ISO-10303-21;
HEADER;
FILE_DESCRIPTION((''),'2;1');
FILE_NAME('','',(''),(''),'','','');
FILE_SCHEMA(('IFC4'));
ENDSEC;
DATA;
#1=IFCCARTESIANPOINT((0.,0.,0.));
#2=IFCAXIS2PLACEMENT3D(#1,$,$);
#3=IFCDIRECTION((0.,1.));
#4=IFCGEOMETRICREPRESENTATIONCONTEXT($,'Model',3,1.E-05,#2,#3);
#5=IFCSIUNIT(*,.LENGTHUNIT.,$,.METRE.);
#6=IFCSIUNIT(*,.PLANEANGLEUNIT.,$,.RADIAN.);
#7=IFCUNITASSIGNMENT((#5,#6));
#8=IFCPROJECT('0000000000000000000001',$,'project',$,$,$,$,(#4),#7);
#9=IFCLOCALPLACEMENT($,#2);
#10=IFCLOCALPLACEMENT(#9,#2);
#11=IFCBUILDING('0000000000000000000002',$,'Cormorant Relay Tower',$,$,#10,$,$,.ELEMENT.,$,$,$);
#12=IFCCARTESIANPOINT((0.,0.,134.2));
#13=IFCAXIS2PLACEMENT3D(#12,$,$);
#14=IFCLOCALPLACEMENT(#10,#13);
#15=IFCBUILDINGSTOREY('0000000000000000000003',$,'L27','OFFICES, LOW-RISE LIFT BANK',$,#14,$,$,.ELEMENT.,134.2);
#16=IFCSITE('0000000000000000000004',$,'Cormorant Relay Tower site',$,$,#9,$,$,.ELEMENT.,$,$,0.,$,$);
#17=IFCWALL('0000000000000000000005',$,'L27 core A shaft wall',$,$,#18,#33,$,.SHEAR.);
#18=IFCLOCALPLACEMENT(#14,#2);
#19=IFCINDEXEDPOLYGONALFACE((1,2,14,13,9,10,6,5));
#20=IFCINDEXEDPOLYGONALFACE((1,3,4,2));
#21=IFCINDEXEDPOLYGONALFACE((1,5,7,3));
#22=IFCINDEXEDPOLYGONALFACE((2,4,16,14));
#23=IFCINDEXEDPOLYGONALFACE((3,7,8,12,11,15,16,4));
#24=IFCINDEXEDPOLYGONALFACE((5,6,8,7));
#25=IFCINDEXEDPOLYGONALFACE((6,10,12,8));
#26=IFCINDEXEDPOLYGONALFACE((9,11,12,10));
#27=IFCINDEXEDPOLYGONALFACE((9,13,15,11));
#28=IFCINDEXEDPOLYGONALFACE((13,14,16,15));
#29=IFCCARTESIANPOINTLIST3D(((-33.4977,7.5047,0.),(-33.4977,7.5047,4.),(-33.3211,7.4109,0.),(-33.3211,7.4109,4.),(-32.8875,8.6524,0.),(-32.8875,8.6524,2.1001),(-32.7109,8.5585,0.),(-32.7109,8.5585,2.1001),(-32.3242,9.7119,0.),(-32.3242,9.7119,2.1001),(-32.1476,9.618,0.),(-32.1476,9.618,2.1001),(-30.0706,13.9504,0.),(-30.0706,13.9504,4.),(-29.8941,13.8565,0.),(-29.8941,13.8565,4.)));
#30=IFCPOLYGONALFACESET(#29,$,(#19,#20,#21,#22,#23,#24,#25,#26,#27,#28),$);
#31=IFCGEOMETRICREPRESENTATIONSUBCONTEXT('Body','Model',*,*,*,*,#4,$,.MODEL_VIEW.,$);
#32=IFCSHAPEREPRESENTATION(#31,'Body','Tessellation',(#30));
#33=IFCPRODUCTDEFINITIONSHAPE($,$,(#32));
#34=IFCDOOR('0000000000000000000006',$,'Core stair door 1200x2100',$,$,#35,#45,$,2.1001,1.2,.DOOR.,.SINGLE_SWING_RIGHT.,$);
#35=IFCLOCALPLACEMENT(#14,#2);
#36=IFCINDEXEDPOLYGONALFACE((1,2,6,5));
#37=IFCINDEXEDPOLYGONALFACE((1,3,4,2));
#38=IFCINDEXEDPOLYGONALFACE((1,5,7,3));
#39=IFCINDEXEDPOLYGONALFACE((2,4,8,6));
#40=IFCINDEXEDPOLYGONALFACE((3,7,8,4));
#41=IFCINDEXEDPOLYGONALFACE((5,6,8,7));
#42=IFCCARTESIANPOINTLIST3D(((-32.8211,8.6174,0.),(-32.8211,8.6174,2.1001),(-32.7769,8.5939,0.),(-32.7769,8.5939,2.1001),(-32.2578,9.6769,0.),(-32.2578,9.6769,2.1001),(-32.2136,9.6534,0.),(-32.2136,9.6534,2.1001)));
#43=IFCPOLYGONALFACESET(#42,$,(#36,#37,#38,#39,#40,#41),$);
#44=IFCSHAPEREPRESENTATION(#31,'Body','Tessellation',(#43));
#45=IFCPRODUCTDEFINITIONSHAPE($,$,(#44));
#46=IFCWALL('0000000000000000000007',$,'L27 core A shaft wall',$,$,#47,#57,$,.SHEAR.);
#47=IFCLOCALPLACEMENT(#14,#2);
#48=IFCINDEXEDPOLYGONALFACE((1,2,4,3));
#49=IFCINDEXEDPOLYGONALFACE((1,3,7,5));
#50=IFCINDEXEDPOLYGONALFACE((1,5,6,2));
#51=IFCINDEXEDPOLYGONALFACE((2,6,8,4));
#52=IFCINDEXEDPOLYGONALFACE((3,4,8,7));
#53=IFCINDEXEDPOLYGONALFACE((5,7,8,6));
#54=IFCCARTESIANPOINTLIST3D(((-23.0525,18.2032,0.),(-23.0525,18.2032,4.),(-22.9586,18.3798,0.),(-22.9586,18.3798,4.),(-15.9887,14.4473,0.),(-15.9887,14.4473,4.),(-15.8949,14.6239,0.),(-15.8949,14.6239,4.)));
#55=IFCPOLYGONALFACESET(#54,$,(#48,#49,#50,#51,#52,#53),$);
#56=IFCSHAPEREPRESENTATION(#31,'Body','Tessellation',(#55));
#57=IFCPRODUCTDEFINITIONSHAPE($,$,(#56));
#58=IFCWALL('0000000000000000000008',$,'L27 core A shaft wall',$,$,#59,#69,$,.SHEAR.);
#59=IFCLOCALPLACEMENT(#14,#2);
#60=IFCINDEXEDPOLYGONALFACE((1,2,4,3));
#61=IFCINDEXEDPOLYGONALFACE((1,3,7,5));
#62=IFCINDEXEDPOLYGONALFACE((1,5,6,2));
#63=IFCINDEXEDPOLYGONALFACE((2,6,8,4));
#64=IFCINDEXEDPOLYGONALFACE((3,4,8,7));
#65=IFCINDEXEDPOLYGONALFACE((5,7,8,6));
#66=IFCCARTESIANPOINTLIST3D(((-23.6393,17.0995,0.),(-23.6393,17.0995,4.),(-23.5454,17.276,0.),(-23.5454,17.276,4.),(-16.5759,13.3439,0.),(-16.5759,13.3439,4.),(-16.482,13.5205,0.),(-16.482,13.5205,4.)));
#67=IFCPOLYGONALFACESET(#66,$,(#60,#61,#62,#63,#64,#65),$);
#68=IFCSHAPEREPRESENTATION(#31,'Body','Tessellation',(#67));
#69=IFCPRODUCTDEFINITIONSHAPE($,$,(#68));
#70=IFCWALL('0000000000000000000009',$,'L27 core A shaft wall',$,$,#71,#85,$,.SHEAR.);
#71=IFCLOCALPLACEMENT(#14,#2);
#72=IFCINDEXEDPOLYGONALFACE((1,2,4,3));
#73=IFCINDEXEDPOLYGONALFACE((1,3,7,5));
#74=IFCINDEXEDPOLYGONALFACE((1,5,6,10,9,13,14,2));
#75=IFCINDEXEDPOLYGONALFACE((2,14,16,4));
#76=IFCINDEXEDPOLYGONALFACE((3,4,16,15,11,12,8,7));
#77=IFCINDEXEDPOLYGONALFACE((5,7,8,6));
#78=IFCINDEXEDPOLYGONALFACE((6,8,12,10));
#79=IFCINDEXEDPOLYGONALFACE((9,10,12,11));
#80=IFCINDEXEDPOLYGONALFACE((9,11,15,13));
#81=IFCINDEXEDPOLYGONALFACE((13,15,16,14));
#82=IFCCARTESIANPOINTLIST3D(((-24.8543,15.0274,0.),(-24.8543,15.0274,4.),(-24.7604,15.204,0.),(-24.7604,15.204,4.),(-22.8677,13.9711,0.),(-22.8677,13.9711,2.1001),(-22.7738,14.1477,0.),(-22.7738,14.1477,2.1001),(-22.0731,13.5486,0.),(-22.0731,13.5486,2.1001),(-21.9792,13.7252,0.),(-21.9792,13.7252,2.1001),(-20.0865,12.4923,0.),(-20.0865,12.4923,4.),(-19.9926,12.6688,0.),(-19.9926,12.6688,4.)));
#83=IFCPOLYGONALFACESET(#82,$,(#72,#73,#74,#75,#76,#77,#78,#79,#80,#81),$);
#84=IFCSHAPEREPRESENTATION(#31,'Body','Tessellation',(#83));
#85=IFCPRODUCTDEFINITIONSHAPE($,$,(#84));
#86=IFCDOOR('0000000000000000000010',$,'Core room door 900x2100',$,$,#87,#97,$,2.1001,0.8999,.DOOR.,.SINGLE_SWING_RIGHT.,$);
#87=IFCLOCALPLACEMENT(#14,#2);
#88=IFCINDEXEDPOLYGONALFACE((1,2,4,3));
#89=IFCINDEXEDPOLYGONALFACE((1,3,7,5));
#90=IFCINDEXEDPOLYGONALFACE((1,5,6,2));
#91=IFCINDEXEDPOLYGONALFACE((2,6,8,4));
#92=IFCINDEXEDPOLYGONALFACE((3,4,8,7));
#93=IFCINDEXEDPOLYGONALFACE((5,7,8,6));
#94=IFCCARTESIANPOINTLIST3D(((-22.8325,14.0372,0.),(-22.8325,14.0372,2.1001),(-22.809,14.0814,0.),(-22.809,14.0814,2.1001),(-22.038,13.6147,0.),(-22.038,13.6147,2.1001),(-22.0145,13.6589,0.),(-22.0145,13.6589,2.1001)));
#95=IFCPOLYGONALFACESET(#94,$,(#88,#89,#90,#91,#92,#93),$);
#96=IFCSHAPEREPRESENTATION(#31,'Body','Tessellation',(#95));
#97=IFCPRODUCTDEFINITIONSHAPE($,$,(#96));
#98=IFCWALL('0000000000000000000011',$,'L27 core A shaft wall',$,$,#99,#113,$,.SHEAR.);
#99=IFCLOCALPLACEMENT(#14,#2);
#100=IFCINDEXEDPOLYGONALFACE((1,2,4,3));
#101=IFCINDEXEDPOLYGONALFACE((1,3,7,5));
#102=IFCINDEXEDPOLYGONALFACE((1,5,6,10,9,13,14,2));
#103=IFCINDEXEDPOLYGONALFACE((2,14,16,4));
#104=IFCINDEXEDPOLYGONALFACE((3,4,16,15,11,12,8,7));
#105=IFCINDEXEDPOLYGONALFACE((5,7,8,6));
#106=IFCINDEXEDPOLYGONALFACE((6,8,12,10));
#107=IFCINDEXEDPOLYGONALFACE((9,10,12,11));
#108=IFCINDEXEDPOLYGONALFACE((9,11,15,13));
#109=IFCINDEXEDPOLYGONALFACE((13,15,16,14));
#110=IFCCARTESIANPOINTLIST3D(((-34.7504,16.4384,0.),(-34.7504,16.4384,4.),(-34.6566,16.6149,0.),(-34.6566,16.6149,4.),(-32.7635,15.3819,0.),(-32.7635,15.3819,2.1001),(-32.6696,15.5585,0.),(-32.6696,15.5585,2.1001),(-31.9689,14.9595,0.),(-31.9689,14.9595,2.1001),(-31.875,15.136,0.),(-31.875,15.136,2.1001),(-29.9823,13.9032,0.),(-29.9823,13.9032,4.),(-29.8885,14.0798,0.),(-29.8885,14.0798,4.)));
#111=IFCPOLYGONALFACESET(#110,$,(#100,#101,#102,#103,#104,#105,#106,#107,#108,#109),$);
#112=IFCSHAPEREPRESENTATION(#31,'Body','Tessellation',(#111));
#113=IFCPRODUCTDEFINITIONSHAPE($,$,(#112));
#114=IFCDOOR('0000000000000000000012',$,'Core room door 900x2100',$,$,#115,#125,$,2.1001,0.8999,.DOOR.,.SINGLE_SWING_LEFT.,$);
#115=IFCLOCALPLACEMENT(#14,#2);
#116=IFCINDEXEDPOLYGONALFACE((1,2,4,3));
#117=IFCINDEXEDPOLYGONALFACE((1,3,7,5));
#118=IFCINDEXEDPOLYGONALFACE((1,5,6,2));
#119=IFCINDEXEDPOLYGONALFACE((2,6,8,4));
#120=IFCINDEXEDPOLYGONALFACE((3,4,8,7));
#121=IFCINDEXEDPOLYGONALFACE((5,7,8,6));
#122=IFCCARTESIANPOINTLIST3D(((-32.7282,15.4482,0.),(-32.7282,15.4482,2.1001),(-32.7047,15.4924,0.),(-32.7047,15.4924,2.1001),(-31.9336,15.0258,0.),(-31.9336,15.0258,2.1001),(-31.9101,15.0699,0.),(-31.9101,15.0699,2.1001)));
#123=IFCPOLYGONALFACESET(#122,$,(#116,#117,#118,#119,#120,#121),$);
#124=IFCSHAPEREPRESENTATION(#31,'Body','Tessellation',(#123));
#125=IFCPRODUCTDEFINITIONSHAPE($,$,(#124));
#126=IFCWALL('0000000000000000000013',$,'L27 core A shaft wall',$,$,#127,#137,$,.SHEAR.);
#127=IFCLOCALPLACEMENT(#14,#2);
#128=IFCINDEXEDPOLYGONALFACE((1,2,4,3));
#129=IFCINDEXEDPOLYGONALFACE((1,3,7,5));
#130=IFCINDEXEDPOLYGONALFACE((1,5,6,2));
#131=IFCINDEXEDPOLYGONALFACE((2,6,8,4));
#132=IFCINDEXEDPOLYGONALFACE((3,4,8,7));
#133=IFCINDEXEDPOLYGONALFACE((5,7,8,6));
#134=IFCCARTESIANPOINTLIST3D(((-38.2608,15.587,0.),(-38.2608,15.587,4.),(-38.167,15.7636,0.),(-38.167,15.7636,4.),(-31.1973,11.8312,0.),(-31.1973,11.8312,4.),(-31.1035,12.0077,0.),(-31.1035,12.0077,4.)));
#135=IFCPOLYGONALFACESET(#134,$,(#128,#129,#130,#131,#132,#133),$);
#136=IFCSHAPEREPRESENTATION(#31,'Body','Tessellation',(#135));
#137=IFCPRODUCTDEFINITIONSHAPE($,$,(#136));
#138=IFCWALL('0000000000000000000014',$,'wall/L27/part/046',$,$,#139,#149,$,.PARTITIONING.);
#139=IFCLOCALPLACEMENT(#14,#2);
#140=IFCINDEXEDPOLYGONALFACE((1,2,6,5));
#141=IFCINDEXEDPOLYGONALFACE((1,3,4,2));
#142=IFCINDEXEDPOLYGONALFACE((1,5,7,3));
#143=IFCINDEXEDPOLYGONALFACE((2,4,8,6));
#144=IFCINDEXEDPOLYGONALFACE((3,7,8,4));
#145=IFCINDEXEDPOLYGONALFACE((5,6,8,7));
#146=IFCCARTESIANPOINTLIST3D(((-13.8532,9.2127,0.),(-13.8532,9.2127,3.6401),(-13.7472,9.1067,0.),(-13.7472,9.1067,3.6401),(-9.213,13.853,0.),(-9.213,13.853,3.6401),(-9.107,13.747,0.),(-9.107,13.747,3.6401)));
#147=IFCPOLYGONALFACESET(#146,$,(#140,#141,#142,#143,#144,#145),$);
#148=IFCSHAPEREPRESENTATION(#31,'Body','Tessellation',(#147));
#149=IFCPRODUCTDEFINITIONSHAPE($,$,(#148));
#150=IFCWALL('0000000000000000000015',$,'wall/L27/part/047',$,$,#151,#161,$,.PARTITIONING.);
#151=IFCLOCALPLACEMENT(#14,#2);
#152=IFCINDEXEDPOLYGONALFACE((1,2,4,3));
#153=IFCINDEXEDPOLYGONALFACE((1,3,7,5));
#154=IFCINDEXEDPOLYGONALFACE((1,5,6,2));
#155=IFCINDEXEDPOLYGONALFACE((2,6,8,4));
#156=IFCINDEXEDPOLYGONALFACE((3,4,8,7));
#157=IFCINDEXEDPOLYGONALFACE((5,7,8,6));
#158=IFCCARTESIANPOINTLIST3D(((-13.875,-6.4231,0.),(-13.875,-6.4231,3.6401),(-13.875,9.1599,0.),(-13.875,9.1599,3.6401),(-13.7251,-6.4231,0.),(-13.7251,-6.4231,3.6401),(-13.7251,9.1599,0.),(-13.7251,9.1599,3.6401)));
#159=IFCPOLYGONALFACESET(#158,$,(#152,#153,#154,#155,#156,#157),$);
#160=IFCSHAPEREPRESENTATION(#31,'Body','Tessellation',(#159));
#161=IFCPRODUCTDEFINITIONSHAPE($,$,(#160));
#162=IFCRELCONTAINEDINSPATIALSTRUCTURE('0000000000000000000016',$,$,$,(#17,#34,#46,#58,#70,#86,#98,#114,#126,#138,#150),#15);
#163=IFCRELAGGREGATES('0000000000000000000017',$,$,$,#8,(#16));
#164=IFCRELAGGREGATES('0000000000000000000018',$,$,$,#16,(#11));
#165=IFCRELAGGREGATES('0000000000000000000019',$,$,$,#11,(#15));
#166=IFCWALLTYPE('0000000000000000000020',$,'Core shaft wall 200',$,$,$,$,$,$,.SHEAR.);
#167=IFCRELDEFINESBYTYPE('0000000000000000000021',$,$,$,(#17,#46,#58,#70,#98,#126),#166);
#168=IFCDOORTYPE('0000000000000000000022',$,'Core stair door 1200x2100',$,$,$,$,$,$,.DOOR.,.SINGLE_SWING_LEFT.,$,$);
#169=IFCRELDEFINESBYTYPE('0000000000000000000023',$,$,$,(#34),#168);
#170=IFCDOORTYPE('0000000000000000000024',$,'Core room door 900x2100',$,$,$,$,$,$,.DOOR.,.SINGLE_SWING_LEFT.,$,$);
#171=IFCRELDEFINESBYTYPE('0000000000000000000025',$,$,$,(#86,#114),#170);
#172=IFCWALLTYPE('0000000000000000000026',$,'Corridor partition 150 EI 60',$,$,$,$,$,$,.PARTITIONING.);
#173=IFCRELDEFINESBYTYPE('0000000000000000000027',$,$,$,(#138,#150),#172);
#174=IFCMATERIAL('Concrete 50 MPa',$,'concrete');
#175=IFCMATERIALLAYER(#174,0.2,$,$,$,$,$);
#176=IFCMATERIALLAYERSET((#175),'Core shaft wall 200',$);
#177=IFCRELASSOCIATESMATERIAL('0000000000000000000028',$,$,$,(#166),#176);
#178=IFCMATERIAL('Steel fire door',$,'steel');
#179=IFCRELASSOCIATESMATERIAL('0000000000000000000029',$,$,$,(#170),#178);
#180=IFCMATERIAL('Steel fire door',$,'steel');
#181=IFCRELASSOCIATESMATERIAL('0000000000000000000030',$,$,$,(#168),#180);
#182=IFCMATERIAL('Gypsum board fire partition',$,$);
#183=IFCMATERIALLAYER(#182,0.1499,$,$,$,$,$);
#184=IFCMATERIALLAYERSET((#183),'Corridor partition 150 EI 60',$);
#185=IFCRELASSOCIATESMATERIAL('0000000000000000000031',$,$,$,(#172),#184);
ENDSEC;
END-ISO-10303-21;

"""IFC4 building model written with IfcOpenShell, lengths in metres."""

from ifc_helpers import new_model, si_unit, direction, frame, frame_2d, origin, place, context, subcontext, project, spatial, rectangle, extrude, material, layer, layer_set, type_object, element, fill, save


model = new_model("IFC4")

# Units and contexts
model_context = context("Model", 3, precision=1e-05, world=origin(), true_north=direction((0.0, 1.0)))
body_context = subcontext(model_context, "Body", "Model", "MODEL_VIEW")
ifc_project = project(units=[si_unit("LENGTHUNIT", "METRE"), si_unit("PLANEANGLEUNIT", "RADIAN")], contexts=[model_context])

# Site, building, storey
site_placement = place(None, origin())
site = spatial("IfcSite", under=ifc_project, at=site_placement, Name="Cormorant Relay Tower site", CompositionType="ELEMENT", RefElevation=0.0)
building_placement = place(site_placement, origin())
building = spatial("IfcBuilding", under=site, at=building_placement, Name="Cormorant Relay Tower", CompositionType="ELEMENT")
storey_placement = place(building_placement, frame((0.0, 0.0, 134.2)))
storey = spatial("IfcBuildingStorey", under=building, at=storey_placement, Name="L27", Description="OFFICES, LOW-RISE LIFT BANK", CompositionType="ELEMENT", Elevation=134.2)

# Shared definitions
ifc_material_1 = material(Name="Concrete 50 MPa", Category="concrete")
ifc_layer_1 = layer(ifc_material_1, 0.2)
ifc_layer_set_1 = layer_set([ifc_layer_1], Name="Core shaft wall 200")
wall_type_1 = type_object("IfcWallType", Name="Core shaft wall 200", PredefinedType="SHEAR", material=ifc_layer_set_1)

# Shared definitions
ifc_material_2 = material(Name="Steel fire door", Category="steel")
door_type_1 = type_object("IfcDoorType", Name="Core room door 900x2100", OperationType="SINGLE_SWING_LEFT", PredefinedType="DOOR", material=ifc_material_2)

# Wall, opening, door
wall_1_placement = place(storey_placement, frame((-29.9824, 13.9033, 0.0), z_axis=(0.0, 0.0, 1.0), x_axis=(-0.469454, -0.882957, 0.0)))
wall_1 = element("IfcWall", 1, at=wall_1_placement, inside=storey, type_object=wall_type_1, Name="L27 core A shaft wall", PredefinedType="SHEAR", context=body_context, shape_type="SweptSolid", body=[
    extrude(rectangle(XDim=7.3, YDim=0.2, at=frame_2d((3.6499, 0.0))), origin(), (0.0, 0.0, 1.0), 4.0),
])
opening_1_placement = place(wall_1_placement, frame((4.8, 0.0, 0.0)))
opening_1 = element("IfcOpeningElement", 2, at=opening_1_placement, cuts=wall_1, PredefinedType="OPENING", context=body_context, shape_type="SweptSolid", body=[
    extrude(rectangle(XDim=1.2, YDim=2.1001, at=frame_2d((0.6001, 1.05))), frame((0.0, 0.1099, 0.0), z_axis=(0.0, -1.0, 0.0), x_axis=(1.0, 0.0, 0.0)), (0.0, 0.0, 1.0), 0.22),
])
ifc_material_3 = material(Name="Steel fire door", Category="steel")
door_type_2 = type_object("IfcDoorType", Name="Core stair door 1200x2100", OperationType="SINGLE_SWING_LEFT", PredefinedType="DOOR", material=ifc_material_3)
door_1_placement = place(opening_1_placement, frame((1.2, 0.0, 0.0), z_axis=(0.0, 0.0, 1.0), x_axis=(-1.0, 0.0, 0.0)))
door_1 = element("IfcDoor", 3, at=door_1_placement, inside=storey, type_object=door_type_2, Name="Core stair door 1200x2100", OperationType="SINGLE_SWING_RIGHT", OverallHeight=2.1001, OverallWidth=1.2, PredefinedType="DOOR", context=body_context, shape_type="SweptSolid", body=[
    extrude(rectangle(XDim=1.2, YDim=2.1001, at=frame_2d((0.6001, 1.05))), frame((0.0, 0.0249, 0.0), z_axis=(0.0, -1.0, 0.0), x_axis=(1.0, 0.0, 0.0)), (0.0, 0.0, 1.0), 0.05),
])
fill(opening_1, door_1)

# Walls
wall_2_placement = place(storey_placement, frame((-15.9419, 14.5356, 0.0), z_axis=(0.0, 0.0, 1.0), x_axis=(-0.882947, 0.469473, 0.0)))
element("IfcWall", 4, at=wall_2_placement, inside=storey, type_object=wall_type_1, Name="L27 core A shaft wall", PredefinedType="SHEAR", context=body_context, shape_type="SweptSolid", body=[
    extrude(rectangle(XDim=8.0002, YDim=0.2, at=frame_2d((4.0, 0.0))), origin(), (0.0, 0.0, 1.0), 4.0),
])
wall_3_placement = place(storey_placement, frame((-16.5288, 13.4321, 0.0), z_axis=(0.0, 0.0, 1.0), x_axis=(-0.882953, 0.469462, 0.0)))
element("IfcWall", 5, at=wall_3_placement, inside=storey, type_object=wall_type_1, Name="L27 core A shaft wall", PredefinedType="SHEAR", context=body_context, shape_type="SweptSolid", body=[
    extrude(rectangle(XDim=7.9998, YDim=0.2, at=frame_2d((4.0, 0.0))), origin(), (0.0, 0.0, 1.0), 4.0),
])

# Walls, openings, doors
wall_4_placement = place(storey_placement, frame((-20.0396, 12.5806, 0.0), z_axis=(0.0, 0.0, 1.0), x_axis=(-0.882943, 0.46948, 0.0)))
wall_4 = element("IfcWall", 6, at=wall_4_placement, inside=storey, type_object=wall_type_1, Name="L27 core A shaft wall", PredefinedType="SHEAR", context=body_context, shape_type="SweptSolid", body=[
    extrude(rectangle(XDim=5.3999, YDim=0.2, at=frame_2d((2.7, 0.0))), origin(), (0.0, 0.0, 1.0), 4.0),
])
opening_2_placement = place(wall_4_placement, frame((2.25, 0.0, 0.0)))
opening_2 = element("IfcOpeningElement", 7, at=opening_2_placement, cuts=wall_4, PredefinedType="OPENING", context=body_context, shape_type="SweptSolid", body=[
    extrude(rectangle(XDim=0.8999, YDim=2.1001, at=frame_2d((0.45, 1.05))), frame((0.0, 0.1099, 0.0), z_axis=(0.0, -1.0, 0.0), x_axis=(1.0, 0.0, 0.0)), (0.0, 0.0, 1.0), 0.22),
])
door_2_placement = place(opening_2_placement, frame((0.8999, 0.0, 0.0), z_axis=(0.0, 0.0, 1.0), x_axis=(-1.0, 0.0, 0.0)))
door_2 = element("IfcDoor", 8, at=door_2_placement, inside=storey, type_object=door_type_1, Name="Core room door 900x2100", OperationType="SINGLE_SWING_RIGHT", OverallHeight=2.1001, OverallWidth=0.8999, PredefinedType="DOOR", context=body_context, shape_type="SweptSolid", body=[
    extrude(rectangle(XDim=0.8999, YDim=2.1001, at=frame_2d((0.45, 1.05))), frame((0.0, 0.0249, 0.0), z_axis=(0.0, -1.0, 0.0), x_axis=(1.0, 0.0, 0.0)), (0.0, 0.0, 1.0), 0.05),
])
fill(opening_2, door_2)
wall_5_placement = place(storey_placement, frame((-29.9353, 13.9915, 0.0), z_axis=(0.0, 0.0, 1.0), x_axis=(-0.882953, 0.469462, 0.0)))
wall_5 = element("IfcWall", 9, at=wall_5_placement, inside=storey, type_object=wall_type_1, Name="L27 core A shaft wall", PredefinedType="SHEAR", context=body_context, shape_type="SweptSolid", body=[
    extrude(rectangle(XDim=5.4001, YDim=0.2, at=frame_2d((2.7002, 0.0))), origin(), (0.0, 0.0, 1.0), 4.0),
])
opening_3_placement = place(wall_5_placement, frame((2.25, 0.0, 0.0)))
opening_3 = element("IfcOpeningElement", 10, at=opening_3_placement, cuts=wall_5, PredefinedType="OPENING", context=body_context, shape_type="SweptSolid", body=[
    extrude(rectangle(XDim=0.8999, YDim=2.1001, at=frame_2d((0.45, 1.05))), frame((0.0, 0.1099, 0.0), z_axis=(0.0, -1.0, 0.0), x_axis=(1.0, 0.0, 0.0)), (0.0, 0.0, 1.0), 0.22),
])
door_3_placement = place(opening_3_placement, origin())
door_3 = element("IfcDoor", 11, at=door_3_placement, inside=storey, type_object=door_type_1, Name="Core room door 900x2100", OperationType="SINGLE_SWING_LEFT", OverallHeight=2.1001, OverallWidth=0.8999, PredefinedType="DOOR", context=body_context, shape_type="SweptSolid", body=[
    extrude(rectangle(XDim=0.8999, YDim=2.1001, at=frame_2d((0.45, 1.05))), frame((0.0, 0.0249, 0.0), z_axis=(0.0, -1.0, 0.0), x_axis=(1.0, 0.0, 0.0)), (0.0, 0.0, 1.0), 0.05),
])
fill(opening_3, door_3)

# Walls
wall_6_placement = place(storey_placement, frame((-31.1504, 11.9194, 0.0), z_axis=(0.0, 0.0, 1.0), x_axis=(-0.88294, 0.469485, 0.0)))
element("IfcWall", 12, at=wall_6_placement, inside=storey, type_object=wall_type_1, Name="L27 core A shaft wall", PredefinedType="SHEAR", context=body_context, shape_type="SweptSolid", body=[
    extrude(rectangle(XDim=8.0, YDim=0.2, at=frame_2d((4.0, 0.0))), origin(), (0.0, 0.0, 1.0), 4.0),
])
ifc_material_4 = material(Name="Gypsum board fire partition")
ifc_layer_2 = layer(ifc_material_4, 0.1499)
ifc_layer_set_2 = layer_set([ifc_layer_2], Name="Corridor partition 150 EI 60")
wall_type_2 = type_object("IfcWallType", Name="Corridor partition 150 EI 60", PredefinedType="PARTITIONING", material=ifc_layer_set_2)
wall_7_placement = place(storey_placement, frame((-9.1599, 13.8, 0.0), z_axis=(0.0, 0.0, 1.0), x_axis=(-0.707107, -0.707107, 0.0)))
element("IfcWall", 13, at=wall_7_placement, inside=storey, type_object=wall_type_2, Name="wall/L27/part/046", PredefinedType="PARTITIONING", context=body_context, shape_type="SweptSolid", body=[
    extrude(rectangle(XDim=6.5623, YDim=0.1499, at=frame_2d((3.2812, 0.0))), origin(), (0.0, 0.0, 1.0), 3.6401),
])
wall_8_placement = place(storey_placement, frame((-13.8, 9.1599, 0.0), z_axis=(0.0, 0.0, 1.0), x_axis=(0.0, -1.0, 0.0)))
element("IfcWall", 14, at=wall_8_placement, inside=storey, type_object=wall_type_2, Name="wall/L27/part/047", PredefinedType="PARTITIONING", context=body_context, shape_type="SweptSolid", body=[
    extrude(rectangle(XDim=15.583, YDim=0.1499, at=frame_2d((7.7915, 0.0))), origin(), (0.0, 0.0, 1.0), 3.6401),
])

save(model, "model.ifc")
